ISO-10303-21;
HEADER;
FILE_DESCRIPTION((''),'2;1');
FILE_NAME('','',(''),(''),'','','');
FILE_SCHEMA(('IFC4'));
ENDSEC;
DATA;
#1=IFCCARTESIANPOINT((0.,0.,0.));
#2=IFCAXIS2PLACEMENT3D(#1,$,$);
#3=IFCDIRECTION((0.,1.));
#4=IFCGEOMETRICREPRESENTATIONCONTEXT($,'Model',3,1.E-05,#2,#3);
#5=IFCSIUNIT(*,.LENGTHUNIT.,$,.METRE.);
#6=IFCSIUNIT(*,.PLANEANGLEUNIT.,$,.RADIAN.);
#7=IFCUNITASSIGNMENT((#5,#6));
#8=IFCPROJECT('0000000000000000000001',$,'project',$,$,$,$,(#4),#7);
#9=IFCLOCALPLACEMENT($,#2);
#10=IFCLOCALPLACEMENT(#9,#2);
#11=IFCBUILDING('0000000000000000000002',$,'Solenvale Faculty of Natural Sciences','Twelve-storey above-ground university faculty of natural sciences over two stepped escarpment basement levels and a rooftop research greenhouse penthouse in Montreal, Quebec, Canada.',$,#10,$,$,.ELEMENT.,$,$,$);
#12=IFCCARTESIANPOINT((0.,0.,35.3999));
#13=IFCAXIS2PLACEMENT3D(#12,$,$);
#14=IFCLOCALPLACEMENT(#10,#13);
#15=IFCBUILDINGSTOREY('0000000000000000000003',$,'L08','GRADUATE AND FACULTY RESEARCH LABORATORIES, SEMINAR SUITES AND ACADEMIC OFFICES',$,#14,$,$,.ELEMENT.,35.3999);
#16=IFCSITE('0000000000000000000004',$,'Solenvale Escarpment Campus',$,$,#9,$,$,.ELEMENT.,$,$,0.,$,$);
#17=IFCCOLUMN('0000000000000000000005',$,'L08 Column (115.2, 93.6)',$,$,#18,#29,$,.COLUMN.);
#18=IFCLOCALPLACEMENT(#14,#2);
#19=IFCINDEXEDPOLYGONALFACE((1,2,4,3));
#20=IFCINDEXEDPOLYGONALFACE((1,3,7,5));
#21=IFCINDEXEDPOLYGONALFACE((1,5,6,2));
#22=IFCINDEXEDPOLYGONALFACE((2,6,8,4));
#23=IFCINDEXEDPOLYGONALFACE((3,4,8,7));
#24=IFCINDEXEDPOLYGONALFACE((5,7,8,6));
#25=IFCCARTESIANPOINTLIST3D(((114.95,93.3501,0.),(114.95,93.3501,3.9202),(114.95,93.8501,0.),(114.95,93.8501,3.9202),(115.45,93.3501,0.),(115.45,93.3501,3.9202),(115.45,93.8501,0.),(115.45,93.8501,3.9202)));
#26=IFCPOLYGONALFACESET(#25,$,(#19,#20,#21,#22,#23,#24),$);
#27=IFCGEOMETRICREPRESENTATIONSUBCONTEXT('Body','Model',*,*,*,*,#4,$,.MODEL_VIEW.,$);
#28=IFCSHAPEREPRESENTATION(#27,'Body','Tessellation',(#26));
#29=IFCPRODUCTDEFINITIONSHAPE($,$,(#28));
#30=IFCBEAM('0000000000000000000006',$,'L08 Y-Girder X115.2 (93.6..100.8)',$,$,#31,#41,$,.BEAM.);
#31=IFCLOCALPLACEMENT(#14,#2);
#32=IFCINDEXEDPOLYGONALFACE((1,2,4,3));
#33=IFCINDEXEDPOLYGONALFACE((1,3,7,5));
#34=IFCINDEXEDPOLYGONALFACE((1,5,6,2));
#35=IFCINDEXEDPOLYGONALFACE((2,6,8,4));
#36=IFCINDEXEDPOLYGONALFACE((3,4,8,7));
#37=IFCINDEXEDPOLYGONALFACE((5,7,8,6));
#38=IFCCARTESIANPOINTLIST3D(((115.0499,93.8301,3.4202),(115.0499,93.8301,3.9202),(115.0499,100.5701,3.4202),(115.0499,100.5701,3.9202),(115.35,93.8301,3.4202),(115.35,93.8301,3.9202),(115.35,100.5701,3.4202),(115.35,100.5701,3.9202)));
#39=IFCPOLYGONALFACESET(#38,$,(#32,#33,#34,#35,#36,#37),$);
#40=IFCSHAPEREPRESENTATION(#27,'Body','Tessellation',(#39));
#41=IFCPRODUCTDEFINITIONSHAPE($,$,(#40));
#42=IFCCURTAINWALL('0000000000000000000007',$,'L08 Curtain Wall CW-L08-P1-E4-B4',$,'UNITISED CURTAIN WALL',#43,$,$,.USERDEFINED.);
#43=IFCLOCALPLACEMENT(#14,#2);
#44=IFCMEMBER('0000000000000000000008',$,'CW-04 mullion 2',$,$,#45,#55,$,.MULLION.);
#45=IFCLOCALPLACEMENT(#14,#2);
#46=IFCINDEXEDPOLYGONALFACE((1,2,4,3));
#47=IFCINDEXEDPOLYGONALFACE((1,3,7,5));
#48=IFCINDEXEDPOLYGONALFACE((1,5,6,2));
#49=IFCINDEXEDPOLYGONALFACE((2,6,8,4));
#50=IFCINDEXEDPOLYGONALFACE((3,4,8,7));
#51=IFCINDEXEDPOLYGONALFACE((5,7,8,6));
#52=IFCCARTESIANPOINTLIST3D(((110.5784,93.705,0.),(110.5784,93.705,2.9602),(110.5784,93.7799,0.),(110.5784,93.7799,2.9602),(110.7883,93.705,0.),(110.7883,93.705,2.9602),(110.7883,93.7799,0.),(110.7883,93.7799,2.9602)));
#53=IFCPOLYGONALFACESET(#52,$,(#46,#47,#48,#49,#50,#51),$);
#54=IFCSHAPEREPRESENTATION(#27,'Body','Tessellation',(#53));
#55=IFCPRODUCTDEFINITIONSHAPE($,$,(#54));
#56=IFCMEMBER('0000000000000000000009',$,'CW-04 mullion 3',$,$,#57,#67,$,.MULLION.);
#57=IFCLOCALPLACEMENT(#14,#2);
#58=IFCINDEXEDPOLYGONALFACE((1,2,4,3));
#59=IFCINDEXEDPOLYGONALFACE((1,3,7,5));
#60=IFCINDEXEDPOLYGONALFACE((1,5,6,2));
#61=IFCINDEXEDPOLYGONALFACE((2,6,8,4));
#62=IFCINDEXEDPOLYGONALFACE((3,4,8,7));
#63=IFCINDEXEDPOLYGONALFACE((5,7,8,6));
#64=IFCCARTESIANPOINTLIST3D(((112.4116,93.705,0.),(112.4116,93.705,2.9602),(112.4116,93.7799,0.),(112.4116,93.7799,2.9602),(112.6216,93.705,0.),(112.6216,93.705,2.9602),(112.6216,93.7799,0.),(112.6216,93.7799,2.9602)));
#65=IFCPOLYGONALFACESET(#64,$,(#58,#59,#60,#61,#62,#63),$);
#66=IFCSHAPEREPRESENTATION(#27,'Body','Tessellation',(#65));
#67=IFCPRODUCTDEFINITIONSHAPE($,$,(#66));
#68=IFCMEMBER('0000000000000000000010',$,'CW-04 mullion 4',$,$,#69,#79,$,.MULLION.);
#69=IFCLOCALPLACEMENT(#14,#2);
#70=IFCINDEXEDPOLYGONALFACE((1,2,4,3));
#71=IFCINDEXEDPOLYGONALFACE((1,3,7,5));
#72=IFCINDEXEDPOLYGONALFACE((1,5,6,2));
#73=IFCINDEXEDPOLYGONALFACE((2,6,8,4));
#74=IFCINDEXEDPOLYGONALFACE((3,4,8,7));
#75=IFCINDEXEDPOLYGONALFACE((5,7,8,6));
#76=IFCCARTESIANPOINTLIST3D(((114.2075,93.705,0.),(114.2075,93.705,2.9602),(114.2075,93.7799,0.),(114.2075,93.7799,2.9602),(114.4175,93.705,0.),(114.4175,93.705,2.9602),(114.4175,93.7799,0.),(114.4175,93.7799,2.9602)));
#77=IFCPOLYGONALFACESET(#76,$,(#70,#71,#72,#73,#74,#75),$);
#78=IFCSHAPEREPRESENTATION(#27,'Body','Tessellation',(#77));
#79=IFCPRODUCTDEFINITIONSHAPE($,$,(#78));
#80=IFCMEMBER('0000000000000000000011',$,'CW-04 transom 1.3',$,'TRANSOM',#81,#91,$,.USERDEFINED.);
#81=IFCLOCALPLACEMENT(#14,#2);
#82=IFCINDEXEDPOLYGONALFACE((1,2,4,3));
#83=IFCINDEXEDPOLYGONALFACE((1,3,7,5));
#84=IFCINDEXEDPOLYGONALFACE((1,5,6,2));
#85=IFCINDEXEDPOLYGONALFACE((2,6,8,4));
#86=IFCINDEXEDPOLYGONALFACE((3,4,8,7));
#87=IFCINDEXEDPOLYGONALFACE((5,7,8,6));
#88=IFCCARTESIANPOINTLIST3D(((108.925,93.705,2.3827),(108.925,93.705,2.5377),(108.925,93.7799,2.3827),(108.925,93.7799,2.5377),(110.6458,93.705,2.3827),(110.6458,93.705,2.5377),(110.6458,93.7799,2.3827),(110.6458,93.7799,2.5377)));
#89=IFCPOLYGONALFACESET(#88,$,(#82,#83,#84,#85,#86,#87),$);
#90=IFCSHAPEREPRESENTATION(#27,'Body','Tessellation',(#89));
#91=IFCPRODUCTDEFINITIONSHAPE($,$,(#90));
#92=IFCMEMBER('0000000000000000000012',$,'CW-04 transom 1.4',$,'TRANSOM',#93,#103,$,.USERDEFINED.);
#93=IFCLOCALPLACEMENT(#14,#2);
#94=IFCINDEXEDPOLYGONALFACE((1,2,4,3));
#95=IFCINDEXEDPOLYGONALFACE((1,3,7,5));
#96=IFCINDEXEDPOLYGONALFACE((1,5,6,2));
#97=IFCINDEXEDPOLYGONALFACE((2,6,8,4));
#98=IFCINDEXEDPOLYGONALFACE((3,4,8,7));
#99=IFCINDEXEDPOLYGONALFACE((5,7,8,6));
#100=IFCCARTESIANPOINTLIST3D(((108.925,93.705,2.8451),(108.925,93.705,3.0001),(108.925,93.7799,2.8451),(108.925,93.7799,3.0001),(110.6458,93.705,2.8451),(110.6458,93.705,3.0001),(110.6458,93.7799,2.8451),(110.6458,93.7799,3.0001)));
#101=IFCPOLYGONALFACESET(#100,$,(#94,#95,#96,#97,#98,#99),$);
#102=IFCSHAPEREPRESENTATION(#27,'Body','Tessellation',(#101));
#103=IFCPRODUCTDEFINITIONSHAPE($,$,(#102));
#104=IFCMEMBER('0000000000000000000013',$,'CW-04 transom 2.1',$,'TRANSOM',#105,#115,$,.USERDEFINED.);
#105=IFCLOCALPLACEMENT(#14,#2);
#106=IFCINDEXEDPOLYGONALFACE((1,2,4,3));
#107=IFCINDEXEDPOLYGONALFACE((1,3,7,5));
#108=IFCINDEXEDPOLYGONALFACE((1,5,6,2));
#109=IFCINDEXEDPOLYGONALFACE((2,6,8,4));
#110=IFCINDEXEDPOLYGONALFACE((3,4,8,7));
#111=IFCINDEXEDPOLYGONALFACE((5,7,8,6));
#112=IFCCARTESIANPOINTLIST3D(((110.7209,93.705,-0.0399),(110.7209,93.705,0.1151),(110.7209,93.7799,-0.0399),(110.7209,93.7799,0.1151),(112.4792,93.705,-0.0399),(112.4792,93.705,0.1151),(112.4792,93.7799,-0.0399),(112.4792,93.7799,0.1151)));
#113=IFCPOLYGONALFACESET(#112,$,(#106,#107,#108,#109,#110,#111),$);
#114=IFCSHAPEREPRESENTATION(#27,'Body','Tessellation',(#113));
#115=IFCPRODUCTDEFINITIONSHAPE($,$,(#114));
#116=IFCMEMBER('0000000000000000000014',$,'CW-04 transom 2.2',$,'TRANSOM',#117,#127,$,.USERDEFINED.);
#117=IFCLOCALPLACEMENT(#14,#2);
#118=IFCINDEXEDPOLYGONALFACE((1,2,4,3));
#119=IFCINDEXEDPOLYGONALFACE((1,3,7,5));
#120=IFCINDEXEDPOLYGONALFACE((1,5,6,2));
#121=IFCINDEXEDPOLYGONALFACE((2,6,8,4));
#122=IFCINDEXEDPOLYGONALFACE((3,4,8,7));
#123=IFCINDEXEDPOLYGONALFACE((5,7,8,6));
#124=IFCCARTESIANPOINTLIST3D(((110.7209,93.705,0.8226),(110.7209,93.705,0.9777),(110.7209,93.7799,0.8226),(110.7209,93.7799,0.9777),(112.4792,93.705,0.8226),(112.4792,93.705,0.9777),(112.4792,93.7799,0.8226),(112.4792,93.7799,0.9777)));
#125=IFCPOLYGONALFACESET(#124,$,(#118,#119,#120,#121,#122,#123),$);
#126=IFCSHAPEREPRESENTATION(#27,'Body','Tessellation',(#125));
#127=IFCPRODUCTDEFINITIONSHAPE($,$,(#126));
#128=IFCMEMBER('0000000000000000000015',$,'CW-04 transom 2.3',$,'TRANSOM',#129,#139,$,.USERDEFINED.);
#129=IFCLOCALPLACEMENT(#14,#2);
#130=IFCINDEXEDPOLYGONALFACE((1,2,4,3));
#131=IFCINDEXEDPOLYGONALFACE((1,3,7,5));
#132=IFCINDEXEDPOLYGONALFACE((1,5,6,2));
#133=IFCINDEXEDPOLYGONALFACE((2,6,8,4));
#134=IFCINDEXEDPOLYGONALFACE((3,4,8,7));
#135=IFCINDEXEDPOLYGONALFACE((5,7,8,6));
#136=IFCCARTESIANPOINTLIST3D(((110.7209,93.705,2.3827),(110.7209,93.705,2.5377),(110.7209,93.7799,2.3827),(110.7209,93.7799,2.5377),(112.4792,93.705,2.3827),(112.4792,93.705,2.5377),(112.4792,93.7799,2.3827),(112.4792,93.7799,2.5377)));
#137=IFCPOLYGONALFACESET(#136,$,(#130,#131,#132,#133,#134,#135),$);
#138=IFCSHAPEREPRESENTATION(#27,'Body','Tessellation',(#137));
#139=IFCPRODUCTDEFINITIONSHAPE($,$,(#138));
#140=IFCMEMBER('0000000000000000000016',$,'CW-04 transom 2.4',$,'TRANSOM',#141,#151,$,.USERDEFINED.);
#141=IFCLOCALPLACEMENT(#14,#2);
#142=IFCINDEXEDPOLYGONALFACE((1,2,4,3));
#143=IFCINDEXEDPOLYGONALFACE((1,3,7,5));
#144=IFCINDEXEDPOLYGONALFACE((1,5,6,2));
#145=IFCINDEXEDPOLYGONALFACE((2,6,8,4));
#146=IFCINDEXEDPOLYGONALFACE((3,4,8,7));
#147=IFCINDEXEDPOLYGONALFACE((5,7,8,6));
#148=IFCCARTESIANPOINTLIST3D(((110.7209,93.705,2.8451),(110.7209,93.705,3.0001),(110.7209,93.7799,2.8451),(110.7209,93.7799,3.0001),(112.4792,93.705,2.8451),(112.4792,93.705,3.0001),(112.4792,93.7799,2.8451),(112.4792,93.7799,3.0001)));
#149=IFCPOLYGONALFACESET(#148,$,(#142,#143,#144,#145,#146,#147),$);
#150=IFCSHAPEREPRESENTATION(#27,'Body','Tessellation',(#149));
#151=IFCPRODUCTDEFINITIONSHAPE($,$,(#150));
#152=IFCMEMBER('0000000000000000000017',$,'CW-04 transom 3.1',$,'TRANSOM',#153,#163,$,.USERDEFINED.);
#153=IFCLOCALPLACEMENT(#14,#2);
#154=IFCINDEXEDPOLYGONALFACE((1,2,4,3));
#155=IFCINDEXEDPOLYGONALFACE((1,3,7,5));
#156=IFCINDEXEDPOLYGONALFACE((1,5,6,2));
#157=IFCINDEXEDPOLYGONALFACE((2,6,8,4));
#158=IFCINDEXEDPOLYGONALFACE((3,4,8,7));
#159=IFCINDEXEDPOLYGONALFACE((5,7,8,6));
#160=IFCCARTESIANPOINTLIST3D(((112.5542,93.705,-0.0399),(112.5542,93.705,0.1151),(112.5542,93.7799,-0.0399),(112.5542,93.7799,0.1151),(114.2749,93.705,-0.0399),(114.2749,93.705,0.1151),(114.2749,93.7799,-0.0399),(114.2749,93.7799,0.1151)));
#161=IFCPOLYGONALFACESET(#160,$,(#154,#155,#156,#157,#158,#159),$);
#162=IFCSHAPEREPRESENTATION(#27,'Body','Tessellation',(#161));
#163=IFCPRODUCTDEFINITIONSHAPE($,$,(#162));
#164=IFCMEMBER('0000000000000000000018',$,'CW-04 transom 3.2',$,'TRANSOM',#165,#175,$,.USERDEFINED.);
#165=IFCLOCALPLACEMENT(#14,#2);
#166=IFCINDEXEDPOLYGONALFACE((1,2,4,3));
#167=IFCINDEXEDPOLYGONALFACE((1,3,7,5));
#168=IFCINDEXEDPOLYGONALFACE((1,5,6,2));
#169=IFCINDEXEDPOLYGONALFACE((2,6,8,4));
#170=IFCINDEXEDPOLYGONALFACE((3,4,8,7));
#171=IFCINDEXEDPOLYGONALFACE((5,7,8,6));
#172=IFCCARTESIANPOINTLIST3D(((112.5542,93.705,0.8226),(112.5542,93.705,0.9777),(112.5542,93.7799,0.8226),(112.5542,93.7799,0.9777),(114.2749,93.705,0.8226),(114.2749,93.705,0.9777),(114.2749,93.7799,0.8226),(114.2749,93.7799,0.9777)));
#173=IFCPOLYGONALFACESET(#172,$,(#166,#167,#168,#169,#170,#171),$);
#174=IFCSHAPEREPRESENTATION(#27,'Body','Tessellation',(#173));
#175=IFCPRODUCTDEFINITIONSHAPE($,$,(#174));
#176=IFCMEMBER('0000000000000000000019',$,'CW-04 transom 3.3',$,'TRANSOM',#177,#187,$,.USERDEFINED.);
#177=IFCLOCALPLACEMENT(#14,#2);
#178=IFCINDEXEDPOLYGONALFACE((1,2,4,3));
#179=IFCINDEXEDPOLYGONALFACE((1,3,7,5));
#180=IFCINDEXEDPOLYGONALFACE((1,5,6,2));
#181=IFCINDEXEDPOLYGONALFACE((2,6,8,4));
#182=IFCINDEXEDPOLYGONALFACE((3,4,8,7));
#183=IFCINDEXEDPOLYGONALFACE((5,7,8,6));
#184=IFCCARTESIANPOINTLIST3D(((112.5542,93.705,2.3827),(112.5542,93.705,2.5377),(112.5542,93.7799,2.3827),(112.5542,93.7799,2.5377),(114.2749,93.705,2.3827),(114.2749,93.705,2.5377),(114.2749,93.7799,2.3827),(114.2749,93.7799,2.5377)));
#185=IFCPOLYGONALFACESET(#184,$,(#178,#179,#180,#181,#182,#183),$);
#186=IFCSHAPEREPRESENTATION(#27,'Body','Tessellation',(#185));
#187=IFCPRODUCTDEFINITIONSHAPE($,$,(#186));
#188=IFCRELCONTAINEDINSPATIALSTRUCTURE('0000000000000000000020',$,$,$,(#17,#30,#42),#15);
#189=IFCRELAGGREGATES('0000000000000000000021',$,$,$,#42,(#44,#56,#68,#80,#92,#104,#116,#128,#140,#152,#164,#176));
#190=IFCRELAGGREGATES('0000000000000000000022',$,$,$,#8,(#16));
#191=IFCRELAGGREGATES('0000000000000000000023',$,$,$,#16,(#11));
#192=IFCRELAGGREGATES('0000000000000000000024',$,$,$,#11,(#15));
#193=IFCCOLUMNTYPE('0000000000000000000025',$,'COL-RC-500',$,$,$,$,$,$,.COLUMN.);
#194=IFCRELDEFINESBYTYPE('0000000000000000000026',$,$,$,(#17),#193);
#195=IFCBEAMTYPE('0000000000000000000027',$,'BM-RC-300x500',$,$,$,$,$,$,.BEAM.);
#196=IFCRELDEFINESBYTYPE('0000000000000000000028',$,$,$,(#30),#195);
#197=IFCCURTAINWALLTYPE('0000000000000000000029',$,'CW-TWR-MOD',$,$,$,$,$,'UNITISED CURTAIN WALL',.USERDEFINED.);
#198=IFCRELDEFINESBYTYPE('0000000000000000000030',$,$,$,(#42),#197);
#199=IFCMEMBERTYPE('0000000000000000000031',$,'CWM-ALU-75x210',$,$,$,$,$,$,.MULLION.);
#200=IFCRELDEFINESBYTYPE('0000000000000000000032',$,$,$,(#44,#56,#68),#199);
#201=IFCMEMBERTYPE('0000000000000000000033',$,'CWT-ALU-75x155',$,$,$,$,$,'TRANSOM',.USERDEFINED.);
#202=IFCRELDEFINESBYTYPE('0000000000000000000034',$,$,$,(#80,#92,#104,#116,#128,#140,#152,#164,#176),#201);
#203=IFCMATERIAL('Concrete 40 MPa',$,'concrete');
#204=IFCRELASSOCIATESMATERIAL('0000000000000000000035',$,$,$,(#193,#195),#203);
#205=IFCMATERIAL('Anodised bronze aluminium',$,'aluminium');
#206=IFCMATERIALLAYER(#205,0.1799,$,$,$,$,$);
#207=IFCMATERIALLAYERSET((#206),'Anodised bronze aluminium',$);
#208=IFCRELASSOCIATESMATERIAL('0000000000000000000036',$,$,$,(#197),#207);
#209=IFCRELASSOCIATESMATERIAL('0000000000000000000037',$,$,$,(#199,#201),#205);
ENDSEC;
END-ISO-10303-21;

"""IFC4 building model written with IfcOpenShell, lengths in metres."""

from ifc_helpers import new_model, si_unit, direction, frame, origin, origin_2d, place, context, subcontext, project, spatial, rectangle, extrude, material, layer, layer_set, material_profile, profile_set, type_object, element, aggregate, save


model = new_model("IFC4")

# Units and contexts
model_context = context("Model", 3, precision=1e-05, world=origin(), true_north=direction((0.0, 1.0)))
body_context = subcontext(model_context, "Body", "Model", "MODEL_VIEW")
ifc_project = project(units=[si_unit("LENGTHUNIT", "METRE"), si_unit("PLANEANGLEUNIT", "RADIAN")], contexts=[model_context])

# Site, building, storey
site_placement = place(None, origin())
site = spatial("IfcSite", under=ifc_project, at=site_placement, Name="Solenvale Escarpment Campus", CompositionType="ELEMENT", RefElevation=0.0)
building_placement = place(site_placement, origin())
building = spatial("IfcBuilding", under=site, at=building_placement, Name="Solenvale Faculty of Natural Sciences", Description="Twelve-storey above-ground university faculty of natural sciences over two stepped escarpment basement levels and a rooftop research greenhouse penthouse in Montreal, Quebec, Canada.", CompositionType="ELEMENT")
storey_placement = place(building_placement, frame((0.0, 0.0, 35.3999)))
storey = spatial("IfcBuildingStorey", under=building, at=storey_placement, Name="L08", Description="GRADUATE AND FACULTY RESEARCH LABORATORIES, SEMINAR SUITES AND ACADEMIC OFFICES", CompositionType="ELEMENT", Elevation=35.3999)

# Column
ifc_material_1 = material(Name="Concrete 40 MPa", Category="concrete")
ifc_material_profile_1 = material_profile(ifc_material_1, rectangle(XDim=0.5, YDim=0.5, at=origin_2d()), Name="RC-COL-500x500")
ifc_profile_set_1 = profile_set([ifc_material_profile_1], Name="Concrete 40 MPa")
column_type = type_object("IfcColumnType", Name="COL-RC-500", PredefinedType="COLUMN", material=ifc_profile_set_1)
column_placement = place(storey_placement, frame((115.2, 93.6001, 0.0), z_axis=(0.0, 0.0, 1.0), x_axis=(1.0, 0.0, 0.0)))
element("IfcColumn", 1, at=column_placement, inside=storey, type_object=column_type, Name="L08 Column (115.2, 93.6)", PredefinedType="COLUMN", context=body_context, shape_type="SweptSolid", body=[
    extrude(rectangle(XDim=0.5, YDim=0.5, at=origin_2d()), origin(), (0.0, 0.0, 1.0), 3.9202),
])

# Beam
ifc_material_profile_2 = material_profile(ifc_material_1, rectangle(XDim=0.3, YDim=0.5, at=origin_2d()), Name="RC-BM-300x500")
ifc_profile_set_2 = profile_set([ifc_material_profile_2], Name="Concrete 40 MPa")
beam_type = type_object("IfcBeamType", Name="BM-RC-300x500", PredefinedType="BEAM", material=ifc_profile_set_2)
beam_placement = place(storey_placement, frame((115.2, 93.8301, 3.6702), z_axis=(0.0, 1.0, 0.0), x_axis=(-1.0, 0.0, 0.0)))
element("IfcBeam", 2, at=beam_placement, inside=storey, type_object=beam_type, Name="L08 Y-Girder X115.2 (93.6..100.8)", PredefinedType="BEAM", context=body_context, shape_type="SweptSolid", body=[
    extrude(rectangle(XDim=0.3, YDim=0.5, at=origin_2d()), origin(), (0.0, 0.0, 1.0), 6.74),
])

# Curtain wall, members
ifc_material_2 = material(Name="Anodised bronze aluminium", Category="aluminium")
ifc_layer_1 = layer(ifc_material_2, 0.1799)
ifc_layer_set_1 = layer_set([ifc_layer_1], Name="Anodised bronze aluminium")
curtain_wall_type = type_object("IfcCurtainWallType", Name="CW-TWR-MOD", ElementType="UNITISED CURTAIN WALL", PredefinedType="USERDEFINED", material=ifc_layer_set_1)
curtain_wall_placement = place(storey_placement, origin())
curtain_wall = element("IfcCurtainWall", 3, at=curtain_wall_placement, inside=storey, type_object=curtain_wall_type, Name="L08 Curtain Wall CW-L08-P1-E4-B4", ObjectType="UNITISED CURTAIN WALL", PredefinedType="USERDEFINED")
ifc_material_profile_3 = material_profile(ifc_material_2, rectangle(XDim=0.075, YDim=0.21, at=origin_2d()), Name="ALU-MUL-75x210")
ifc_profile_set_3 = profile_set([ifc_material_profile_3], Name="Anodised bronze aluminium")
member_type_1 = type_object("IfcMemberType", Name="CWM-ALU-75x210", PredefinedType="MULLION", material=ifc_profile_set_3)
member_1_placement = place(storey_placement, frame((110.6833, 93.7424, 0.0), z_axis=(0.0, 0.0, 1.0), x_axis=(0.0, 1.0, 0.0)))
member_1 = element("IfcMember", 4, at=member_1_placement, type_object=member_type_1, Name="CW-04 mullion 2", PredefinedType="MULLION", context=body_context, shape_type="SweptSolid", body=[
    extrude(rectangle(XDim=0.075, YDim=0.21, at=origin_2d()), origin(), (0.0, 0.0, 1.0), 2.9602),
])
member_2_placement = place(storey_placement, frame((112.5166, 93.7424, 0.0), z_axis=(0.0, 0.0, 1.0), x_axis=(0.0, 1.0, 0.0)))
member_2 = element("IfcMember", 5, at=member_2_placement, type_object=member_type_1, Name="CW-04 mullion 3", PredefinedType="MULLION", context=body_context, shape_type="SweptSolid", body=[
    extrude(rectangle(XDim=0.075, YDim=0.21, at=origin_2d()), origin(), (0.0, 0.0, 1.0), 2.9602),
])
member_3_placement = place(storey_placement, frame((114.3125, 93.7424, 0.0), z_axis=(0.0, 0.0, 1.0), x_axis=(0.0, 1.0, 0.0)))
member_3 = element("IfcMember", 6, at=member_3_placement, type_object=member_type_1, Name="CW-04 mullion 4", PredefinedType="MULLION", context=body_context, shape_type="SweptSolid", body=[
    extrude(rectangle(XDim=0.075, YDim=0.21, at=origin_2d()), origin(), (0.0, 0.0, 1.0), 2.9602),
])
ifc_material_profile_4 = material_profile(ifc_material_2, rectangle(XDim=0.075, YDim=0.155, at=origin_2d()), Name="ALU-TRN-75x155")
ifc_profile_set_4 = profile_set([ifc_material_profile_4], Name="Anodised bronze aluminium")
member_type_2 = type_object("IfcMemberType", Name="CWT-ALU-75x155", ElementType="TRANSOM", PredefinedType="USERDEFINED", material=ifc_profile_set_4)
member_4_placement = place(storey_placement, frame((108.925, 93.7424, 2.4602), z_axis=(1.0, 0.0, 0.0), x_axis=(0.0, 1.0, 0.0)))
member_4 = element("IfcMember", 7, at=member_4_placement, type_object=member_type_2, Name="CW-04 transom 1.3", ObjectType="TRANSOM", PredefinedType="USERDEFINED", context=body_context, shape_type="SweptSolid", body=[
    extrude(rectangle(XDim=0.075, YDim=0.155, at=origin_2d()), origin(), (0.0, 0.0, 1.0), 1.7207),
])
member_5_placement = place(storey_placement, frame((108.925, 93.7424, 2.9226), z_axis=(1.0, 0.0, 0.0), x_axis=(0.0, 1.0, 0.0)))
member_5 = element("IfcMember", 8, at=member_5_placement, type_object=member_type_2, Name="CW-04 transom 1.4", ObjectType="TRANSOM", PredefinedType="USERDEFINED", context=body_context, shape_type="SweptSolid", body=[
    extrude(rectangle(XDim=0.075, YDim=0.155, at=origin_2d()), origin(), (0.0, 0.0, 1.0), 1.7207),
])
member_6_placement = place(storey_placement, frame((110.7209, 93.7424, 0.0376), z_axis=(1.0, 0.0, 0.0), x_axis=(0.0, 1.0, 0.0)))
member_6 = element("IfcMember", 9, at=member_6_placement, type_object=member_type_2, Name="CW-04 transom 2.1", ObjectType="TRANSOM", PredefinedType="USERDEFINED", context=body_context, shape_type="SweptSolid", body=[
    extrude(rectangle(XDim=0.075, YDim=0.155, at=origin_2d()), origin(), (0.0, 0.0, 1.0), 1.7583),
])
member_7_placement = place(storey_placement, frame((110.7209, 93.7424, 0.9001), z_axis=(1.0, 0.0, 0.0), x_axis=(0.0, 1.0, 0.0)))
member_7 = element("IfcMember", 10, at=member_7_placement, type_object=member_type_2, Name="CW-04 transom 2.2", ObjectType="TRANSOM", PredefinedType="USERDEFINED", context=body_context, shape_type="SweptSolid", body=[
    extrude(rectangle(XDim=0.075, YDim=0.155, at=origin_2d()), origin(), (0.0, 0.0, 1.0), 1.7583),
])
member_8_placement = place(storey_placement, frame((110.7209, 93.7424, 2.4602), z_axis=(1.0, 0.0, 0.0), x_axis=(0.0, 1.0, 0.0)))
member_8 = element("IfcMember", 11, at=member_8_placement, type_object=member_type_2, Name="CW-04 transom 2.3", ObjectType="TRANSOM", PredefinedType="USERDEFINED", context=body_context, shape_type="SweptSolid", body=[
    extrude(rectangle(XDim=0.075, YDim=0.155, at=origin_2d()), origin(), (0.0, 0.0, 1.0), 1.7583),
])
member_9_placement = place(storey_placement, frame((110.7209, 93.7424, 2.9226), z_axis=(1.0, 0.0, 0.0), x_axis=(0.0, 1.0, 0.0)))
member_9 = element("IfcMember", 12, at=member_9_placement, type_object=member_type_2, Name="CW-04 transom 2.4", ObjectType="TRANSOM", PredefinedType="USERDEFINED", context=body_context, shape_type="SweptSolid", body=[
    extrude(rectangle(XDim=0.075, YDim=0.155, at=origin_2d()), origin(), (0.0, 0.0, 1.0), 1.7583),
])
member_10_placement = place(storey_placement, frame((112.5542, 93.7424, 0.0376), z_axis=(1.0, 0.0, 0.0), x_axis=(0.0, 1.0, 0.0)))
member_10 = element("IfcMember", 13, at=member_10_placement, type_object=member_type_2, Name="CW-04 transom 3.1", ObjectType="TRANSOM", PredefinedType="USERDEFINED", context=body_context, shape_type="SweptSolid", body=[
    extrude(rectangle(XDim=0.075, YDim=0.155, at=origin_2d()), origin(), (0.0, 0.0, 1.0), 1.7207),
])
member_11_placement = place(storey_placement, frame((112.5542, 93.7424, 0.9001), z_axis=(1.0, 0.0, 0.0), x_axis=(0.0, 1.0, 0.0)))
member_11 = element("IfcMember", 14, at=member_11_placement, type_object=member_type_2, Name="CW-04 transom 3.2", ObjectType="TRANSOM", PredefinedType="USERDEFINED", context=body_context, shape_type="SweptSolid", body=[
    extrude(rectangle(XDim=0.075, YDim=0.155, at=origin_2d()), origin(), (0.0, 0.0, 1.0), 1.7207),
])
member_12_placement = place(storey_placement, frame((112.5542, 93.7424, 2.4602), z_axis=(1.0, 0.0, 0.0), x_axis=(0.0, 1.0, 0.0)))
member_12 = element("IfcMember", 15, at=member_12_placement, type_object=member_type_2, Name="CW-04 transom 3.3", ObjectType="TRANSOM", PredefinedType="USERDEFINED", context=body_context, shape_type="SweptSolid", body=[
    extrude(rectangle(XDim=0.075, YDim=0.155, at=origin_2d()), origin(), (0.0, 0.0, 1.0), 1.7207),
])
aggregate(curtain_wall, [member_1, member_2, member_3, member_4, member_5, member_6, member_7, member_8, member_9, member_10, member_11, member_12])

save(model, "model.ifc")
